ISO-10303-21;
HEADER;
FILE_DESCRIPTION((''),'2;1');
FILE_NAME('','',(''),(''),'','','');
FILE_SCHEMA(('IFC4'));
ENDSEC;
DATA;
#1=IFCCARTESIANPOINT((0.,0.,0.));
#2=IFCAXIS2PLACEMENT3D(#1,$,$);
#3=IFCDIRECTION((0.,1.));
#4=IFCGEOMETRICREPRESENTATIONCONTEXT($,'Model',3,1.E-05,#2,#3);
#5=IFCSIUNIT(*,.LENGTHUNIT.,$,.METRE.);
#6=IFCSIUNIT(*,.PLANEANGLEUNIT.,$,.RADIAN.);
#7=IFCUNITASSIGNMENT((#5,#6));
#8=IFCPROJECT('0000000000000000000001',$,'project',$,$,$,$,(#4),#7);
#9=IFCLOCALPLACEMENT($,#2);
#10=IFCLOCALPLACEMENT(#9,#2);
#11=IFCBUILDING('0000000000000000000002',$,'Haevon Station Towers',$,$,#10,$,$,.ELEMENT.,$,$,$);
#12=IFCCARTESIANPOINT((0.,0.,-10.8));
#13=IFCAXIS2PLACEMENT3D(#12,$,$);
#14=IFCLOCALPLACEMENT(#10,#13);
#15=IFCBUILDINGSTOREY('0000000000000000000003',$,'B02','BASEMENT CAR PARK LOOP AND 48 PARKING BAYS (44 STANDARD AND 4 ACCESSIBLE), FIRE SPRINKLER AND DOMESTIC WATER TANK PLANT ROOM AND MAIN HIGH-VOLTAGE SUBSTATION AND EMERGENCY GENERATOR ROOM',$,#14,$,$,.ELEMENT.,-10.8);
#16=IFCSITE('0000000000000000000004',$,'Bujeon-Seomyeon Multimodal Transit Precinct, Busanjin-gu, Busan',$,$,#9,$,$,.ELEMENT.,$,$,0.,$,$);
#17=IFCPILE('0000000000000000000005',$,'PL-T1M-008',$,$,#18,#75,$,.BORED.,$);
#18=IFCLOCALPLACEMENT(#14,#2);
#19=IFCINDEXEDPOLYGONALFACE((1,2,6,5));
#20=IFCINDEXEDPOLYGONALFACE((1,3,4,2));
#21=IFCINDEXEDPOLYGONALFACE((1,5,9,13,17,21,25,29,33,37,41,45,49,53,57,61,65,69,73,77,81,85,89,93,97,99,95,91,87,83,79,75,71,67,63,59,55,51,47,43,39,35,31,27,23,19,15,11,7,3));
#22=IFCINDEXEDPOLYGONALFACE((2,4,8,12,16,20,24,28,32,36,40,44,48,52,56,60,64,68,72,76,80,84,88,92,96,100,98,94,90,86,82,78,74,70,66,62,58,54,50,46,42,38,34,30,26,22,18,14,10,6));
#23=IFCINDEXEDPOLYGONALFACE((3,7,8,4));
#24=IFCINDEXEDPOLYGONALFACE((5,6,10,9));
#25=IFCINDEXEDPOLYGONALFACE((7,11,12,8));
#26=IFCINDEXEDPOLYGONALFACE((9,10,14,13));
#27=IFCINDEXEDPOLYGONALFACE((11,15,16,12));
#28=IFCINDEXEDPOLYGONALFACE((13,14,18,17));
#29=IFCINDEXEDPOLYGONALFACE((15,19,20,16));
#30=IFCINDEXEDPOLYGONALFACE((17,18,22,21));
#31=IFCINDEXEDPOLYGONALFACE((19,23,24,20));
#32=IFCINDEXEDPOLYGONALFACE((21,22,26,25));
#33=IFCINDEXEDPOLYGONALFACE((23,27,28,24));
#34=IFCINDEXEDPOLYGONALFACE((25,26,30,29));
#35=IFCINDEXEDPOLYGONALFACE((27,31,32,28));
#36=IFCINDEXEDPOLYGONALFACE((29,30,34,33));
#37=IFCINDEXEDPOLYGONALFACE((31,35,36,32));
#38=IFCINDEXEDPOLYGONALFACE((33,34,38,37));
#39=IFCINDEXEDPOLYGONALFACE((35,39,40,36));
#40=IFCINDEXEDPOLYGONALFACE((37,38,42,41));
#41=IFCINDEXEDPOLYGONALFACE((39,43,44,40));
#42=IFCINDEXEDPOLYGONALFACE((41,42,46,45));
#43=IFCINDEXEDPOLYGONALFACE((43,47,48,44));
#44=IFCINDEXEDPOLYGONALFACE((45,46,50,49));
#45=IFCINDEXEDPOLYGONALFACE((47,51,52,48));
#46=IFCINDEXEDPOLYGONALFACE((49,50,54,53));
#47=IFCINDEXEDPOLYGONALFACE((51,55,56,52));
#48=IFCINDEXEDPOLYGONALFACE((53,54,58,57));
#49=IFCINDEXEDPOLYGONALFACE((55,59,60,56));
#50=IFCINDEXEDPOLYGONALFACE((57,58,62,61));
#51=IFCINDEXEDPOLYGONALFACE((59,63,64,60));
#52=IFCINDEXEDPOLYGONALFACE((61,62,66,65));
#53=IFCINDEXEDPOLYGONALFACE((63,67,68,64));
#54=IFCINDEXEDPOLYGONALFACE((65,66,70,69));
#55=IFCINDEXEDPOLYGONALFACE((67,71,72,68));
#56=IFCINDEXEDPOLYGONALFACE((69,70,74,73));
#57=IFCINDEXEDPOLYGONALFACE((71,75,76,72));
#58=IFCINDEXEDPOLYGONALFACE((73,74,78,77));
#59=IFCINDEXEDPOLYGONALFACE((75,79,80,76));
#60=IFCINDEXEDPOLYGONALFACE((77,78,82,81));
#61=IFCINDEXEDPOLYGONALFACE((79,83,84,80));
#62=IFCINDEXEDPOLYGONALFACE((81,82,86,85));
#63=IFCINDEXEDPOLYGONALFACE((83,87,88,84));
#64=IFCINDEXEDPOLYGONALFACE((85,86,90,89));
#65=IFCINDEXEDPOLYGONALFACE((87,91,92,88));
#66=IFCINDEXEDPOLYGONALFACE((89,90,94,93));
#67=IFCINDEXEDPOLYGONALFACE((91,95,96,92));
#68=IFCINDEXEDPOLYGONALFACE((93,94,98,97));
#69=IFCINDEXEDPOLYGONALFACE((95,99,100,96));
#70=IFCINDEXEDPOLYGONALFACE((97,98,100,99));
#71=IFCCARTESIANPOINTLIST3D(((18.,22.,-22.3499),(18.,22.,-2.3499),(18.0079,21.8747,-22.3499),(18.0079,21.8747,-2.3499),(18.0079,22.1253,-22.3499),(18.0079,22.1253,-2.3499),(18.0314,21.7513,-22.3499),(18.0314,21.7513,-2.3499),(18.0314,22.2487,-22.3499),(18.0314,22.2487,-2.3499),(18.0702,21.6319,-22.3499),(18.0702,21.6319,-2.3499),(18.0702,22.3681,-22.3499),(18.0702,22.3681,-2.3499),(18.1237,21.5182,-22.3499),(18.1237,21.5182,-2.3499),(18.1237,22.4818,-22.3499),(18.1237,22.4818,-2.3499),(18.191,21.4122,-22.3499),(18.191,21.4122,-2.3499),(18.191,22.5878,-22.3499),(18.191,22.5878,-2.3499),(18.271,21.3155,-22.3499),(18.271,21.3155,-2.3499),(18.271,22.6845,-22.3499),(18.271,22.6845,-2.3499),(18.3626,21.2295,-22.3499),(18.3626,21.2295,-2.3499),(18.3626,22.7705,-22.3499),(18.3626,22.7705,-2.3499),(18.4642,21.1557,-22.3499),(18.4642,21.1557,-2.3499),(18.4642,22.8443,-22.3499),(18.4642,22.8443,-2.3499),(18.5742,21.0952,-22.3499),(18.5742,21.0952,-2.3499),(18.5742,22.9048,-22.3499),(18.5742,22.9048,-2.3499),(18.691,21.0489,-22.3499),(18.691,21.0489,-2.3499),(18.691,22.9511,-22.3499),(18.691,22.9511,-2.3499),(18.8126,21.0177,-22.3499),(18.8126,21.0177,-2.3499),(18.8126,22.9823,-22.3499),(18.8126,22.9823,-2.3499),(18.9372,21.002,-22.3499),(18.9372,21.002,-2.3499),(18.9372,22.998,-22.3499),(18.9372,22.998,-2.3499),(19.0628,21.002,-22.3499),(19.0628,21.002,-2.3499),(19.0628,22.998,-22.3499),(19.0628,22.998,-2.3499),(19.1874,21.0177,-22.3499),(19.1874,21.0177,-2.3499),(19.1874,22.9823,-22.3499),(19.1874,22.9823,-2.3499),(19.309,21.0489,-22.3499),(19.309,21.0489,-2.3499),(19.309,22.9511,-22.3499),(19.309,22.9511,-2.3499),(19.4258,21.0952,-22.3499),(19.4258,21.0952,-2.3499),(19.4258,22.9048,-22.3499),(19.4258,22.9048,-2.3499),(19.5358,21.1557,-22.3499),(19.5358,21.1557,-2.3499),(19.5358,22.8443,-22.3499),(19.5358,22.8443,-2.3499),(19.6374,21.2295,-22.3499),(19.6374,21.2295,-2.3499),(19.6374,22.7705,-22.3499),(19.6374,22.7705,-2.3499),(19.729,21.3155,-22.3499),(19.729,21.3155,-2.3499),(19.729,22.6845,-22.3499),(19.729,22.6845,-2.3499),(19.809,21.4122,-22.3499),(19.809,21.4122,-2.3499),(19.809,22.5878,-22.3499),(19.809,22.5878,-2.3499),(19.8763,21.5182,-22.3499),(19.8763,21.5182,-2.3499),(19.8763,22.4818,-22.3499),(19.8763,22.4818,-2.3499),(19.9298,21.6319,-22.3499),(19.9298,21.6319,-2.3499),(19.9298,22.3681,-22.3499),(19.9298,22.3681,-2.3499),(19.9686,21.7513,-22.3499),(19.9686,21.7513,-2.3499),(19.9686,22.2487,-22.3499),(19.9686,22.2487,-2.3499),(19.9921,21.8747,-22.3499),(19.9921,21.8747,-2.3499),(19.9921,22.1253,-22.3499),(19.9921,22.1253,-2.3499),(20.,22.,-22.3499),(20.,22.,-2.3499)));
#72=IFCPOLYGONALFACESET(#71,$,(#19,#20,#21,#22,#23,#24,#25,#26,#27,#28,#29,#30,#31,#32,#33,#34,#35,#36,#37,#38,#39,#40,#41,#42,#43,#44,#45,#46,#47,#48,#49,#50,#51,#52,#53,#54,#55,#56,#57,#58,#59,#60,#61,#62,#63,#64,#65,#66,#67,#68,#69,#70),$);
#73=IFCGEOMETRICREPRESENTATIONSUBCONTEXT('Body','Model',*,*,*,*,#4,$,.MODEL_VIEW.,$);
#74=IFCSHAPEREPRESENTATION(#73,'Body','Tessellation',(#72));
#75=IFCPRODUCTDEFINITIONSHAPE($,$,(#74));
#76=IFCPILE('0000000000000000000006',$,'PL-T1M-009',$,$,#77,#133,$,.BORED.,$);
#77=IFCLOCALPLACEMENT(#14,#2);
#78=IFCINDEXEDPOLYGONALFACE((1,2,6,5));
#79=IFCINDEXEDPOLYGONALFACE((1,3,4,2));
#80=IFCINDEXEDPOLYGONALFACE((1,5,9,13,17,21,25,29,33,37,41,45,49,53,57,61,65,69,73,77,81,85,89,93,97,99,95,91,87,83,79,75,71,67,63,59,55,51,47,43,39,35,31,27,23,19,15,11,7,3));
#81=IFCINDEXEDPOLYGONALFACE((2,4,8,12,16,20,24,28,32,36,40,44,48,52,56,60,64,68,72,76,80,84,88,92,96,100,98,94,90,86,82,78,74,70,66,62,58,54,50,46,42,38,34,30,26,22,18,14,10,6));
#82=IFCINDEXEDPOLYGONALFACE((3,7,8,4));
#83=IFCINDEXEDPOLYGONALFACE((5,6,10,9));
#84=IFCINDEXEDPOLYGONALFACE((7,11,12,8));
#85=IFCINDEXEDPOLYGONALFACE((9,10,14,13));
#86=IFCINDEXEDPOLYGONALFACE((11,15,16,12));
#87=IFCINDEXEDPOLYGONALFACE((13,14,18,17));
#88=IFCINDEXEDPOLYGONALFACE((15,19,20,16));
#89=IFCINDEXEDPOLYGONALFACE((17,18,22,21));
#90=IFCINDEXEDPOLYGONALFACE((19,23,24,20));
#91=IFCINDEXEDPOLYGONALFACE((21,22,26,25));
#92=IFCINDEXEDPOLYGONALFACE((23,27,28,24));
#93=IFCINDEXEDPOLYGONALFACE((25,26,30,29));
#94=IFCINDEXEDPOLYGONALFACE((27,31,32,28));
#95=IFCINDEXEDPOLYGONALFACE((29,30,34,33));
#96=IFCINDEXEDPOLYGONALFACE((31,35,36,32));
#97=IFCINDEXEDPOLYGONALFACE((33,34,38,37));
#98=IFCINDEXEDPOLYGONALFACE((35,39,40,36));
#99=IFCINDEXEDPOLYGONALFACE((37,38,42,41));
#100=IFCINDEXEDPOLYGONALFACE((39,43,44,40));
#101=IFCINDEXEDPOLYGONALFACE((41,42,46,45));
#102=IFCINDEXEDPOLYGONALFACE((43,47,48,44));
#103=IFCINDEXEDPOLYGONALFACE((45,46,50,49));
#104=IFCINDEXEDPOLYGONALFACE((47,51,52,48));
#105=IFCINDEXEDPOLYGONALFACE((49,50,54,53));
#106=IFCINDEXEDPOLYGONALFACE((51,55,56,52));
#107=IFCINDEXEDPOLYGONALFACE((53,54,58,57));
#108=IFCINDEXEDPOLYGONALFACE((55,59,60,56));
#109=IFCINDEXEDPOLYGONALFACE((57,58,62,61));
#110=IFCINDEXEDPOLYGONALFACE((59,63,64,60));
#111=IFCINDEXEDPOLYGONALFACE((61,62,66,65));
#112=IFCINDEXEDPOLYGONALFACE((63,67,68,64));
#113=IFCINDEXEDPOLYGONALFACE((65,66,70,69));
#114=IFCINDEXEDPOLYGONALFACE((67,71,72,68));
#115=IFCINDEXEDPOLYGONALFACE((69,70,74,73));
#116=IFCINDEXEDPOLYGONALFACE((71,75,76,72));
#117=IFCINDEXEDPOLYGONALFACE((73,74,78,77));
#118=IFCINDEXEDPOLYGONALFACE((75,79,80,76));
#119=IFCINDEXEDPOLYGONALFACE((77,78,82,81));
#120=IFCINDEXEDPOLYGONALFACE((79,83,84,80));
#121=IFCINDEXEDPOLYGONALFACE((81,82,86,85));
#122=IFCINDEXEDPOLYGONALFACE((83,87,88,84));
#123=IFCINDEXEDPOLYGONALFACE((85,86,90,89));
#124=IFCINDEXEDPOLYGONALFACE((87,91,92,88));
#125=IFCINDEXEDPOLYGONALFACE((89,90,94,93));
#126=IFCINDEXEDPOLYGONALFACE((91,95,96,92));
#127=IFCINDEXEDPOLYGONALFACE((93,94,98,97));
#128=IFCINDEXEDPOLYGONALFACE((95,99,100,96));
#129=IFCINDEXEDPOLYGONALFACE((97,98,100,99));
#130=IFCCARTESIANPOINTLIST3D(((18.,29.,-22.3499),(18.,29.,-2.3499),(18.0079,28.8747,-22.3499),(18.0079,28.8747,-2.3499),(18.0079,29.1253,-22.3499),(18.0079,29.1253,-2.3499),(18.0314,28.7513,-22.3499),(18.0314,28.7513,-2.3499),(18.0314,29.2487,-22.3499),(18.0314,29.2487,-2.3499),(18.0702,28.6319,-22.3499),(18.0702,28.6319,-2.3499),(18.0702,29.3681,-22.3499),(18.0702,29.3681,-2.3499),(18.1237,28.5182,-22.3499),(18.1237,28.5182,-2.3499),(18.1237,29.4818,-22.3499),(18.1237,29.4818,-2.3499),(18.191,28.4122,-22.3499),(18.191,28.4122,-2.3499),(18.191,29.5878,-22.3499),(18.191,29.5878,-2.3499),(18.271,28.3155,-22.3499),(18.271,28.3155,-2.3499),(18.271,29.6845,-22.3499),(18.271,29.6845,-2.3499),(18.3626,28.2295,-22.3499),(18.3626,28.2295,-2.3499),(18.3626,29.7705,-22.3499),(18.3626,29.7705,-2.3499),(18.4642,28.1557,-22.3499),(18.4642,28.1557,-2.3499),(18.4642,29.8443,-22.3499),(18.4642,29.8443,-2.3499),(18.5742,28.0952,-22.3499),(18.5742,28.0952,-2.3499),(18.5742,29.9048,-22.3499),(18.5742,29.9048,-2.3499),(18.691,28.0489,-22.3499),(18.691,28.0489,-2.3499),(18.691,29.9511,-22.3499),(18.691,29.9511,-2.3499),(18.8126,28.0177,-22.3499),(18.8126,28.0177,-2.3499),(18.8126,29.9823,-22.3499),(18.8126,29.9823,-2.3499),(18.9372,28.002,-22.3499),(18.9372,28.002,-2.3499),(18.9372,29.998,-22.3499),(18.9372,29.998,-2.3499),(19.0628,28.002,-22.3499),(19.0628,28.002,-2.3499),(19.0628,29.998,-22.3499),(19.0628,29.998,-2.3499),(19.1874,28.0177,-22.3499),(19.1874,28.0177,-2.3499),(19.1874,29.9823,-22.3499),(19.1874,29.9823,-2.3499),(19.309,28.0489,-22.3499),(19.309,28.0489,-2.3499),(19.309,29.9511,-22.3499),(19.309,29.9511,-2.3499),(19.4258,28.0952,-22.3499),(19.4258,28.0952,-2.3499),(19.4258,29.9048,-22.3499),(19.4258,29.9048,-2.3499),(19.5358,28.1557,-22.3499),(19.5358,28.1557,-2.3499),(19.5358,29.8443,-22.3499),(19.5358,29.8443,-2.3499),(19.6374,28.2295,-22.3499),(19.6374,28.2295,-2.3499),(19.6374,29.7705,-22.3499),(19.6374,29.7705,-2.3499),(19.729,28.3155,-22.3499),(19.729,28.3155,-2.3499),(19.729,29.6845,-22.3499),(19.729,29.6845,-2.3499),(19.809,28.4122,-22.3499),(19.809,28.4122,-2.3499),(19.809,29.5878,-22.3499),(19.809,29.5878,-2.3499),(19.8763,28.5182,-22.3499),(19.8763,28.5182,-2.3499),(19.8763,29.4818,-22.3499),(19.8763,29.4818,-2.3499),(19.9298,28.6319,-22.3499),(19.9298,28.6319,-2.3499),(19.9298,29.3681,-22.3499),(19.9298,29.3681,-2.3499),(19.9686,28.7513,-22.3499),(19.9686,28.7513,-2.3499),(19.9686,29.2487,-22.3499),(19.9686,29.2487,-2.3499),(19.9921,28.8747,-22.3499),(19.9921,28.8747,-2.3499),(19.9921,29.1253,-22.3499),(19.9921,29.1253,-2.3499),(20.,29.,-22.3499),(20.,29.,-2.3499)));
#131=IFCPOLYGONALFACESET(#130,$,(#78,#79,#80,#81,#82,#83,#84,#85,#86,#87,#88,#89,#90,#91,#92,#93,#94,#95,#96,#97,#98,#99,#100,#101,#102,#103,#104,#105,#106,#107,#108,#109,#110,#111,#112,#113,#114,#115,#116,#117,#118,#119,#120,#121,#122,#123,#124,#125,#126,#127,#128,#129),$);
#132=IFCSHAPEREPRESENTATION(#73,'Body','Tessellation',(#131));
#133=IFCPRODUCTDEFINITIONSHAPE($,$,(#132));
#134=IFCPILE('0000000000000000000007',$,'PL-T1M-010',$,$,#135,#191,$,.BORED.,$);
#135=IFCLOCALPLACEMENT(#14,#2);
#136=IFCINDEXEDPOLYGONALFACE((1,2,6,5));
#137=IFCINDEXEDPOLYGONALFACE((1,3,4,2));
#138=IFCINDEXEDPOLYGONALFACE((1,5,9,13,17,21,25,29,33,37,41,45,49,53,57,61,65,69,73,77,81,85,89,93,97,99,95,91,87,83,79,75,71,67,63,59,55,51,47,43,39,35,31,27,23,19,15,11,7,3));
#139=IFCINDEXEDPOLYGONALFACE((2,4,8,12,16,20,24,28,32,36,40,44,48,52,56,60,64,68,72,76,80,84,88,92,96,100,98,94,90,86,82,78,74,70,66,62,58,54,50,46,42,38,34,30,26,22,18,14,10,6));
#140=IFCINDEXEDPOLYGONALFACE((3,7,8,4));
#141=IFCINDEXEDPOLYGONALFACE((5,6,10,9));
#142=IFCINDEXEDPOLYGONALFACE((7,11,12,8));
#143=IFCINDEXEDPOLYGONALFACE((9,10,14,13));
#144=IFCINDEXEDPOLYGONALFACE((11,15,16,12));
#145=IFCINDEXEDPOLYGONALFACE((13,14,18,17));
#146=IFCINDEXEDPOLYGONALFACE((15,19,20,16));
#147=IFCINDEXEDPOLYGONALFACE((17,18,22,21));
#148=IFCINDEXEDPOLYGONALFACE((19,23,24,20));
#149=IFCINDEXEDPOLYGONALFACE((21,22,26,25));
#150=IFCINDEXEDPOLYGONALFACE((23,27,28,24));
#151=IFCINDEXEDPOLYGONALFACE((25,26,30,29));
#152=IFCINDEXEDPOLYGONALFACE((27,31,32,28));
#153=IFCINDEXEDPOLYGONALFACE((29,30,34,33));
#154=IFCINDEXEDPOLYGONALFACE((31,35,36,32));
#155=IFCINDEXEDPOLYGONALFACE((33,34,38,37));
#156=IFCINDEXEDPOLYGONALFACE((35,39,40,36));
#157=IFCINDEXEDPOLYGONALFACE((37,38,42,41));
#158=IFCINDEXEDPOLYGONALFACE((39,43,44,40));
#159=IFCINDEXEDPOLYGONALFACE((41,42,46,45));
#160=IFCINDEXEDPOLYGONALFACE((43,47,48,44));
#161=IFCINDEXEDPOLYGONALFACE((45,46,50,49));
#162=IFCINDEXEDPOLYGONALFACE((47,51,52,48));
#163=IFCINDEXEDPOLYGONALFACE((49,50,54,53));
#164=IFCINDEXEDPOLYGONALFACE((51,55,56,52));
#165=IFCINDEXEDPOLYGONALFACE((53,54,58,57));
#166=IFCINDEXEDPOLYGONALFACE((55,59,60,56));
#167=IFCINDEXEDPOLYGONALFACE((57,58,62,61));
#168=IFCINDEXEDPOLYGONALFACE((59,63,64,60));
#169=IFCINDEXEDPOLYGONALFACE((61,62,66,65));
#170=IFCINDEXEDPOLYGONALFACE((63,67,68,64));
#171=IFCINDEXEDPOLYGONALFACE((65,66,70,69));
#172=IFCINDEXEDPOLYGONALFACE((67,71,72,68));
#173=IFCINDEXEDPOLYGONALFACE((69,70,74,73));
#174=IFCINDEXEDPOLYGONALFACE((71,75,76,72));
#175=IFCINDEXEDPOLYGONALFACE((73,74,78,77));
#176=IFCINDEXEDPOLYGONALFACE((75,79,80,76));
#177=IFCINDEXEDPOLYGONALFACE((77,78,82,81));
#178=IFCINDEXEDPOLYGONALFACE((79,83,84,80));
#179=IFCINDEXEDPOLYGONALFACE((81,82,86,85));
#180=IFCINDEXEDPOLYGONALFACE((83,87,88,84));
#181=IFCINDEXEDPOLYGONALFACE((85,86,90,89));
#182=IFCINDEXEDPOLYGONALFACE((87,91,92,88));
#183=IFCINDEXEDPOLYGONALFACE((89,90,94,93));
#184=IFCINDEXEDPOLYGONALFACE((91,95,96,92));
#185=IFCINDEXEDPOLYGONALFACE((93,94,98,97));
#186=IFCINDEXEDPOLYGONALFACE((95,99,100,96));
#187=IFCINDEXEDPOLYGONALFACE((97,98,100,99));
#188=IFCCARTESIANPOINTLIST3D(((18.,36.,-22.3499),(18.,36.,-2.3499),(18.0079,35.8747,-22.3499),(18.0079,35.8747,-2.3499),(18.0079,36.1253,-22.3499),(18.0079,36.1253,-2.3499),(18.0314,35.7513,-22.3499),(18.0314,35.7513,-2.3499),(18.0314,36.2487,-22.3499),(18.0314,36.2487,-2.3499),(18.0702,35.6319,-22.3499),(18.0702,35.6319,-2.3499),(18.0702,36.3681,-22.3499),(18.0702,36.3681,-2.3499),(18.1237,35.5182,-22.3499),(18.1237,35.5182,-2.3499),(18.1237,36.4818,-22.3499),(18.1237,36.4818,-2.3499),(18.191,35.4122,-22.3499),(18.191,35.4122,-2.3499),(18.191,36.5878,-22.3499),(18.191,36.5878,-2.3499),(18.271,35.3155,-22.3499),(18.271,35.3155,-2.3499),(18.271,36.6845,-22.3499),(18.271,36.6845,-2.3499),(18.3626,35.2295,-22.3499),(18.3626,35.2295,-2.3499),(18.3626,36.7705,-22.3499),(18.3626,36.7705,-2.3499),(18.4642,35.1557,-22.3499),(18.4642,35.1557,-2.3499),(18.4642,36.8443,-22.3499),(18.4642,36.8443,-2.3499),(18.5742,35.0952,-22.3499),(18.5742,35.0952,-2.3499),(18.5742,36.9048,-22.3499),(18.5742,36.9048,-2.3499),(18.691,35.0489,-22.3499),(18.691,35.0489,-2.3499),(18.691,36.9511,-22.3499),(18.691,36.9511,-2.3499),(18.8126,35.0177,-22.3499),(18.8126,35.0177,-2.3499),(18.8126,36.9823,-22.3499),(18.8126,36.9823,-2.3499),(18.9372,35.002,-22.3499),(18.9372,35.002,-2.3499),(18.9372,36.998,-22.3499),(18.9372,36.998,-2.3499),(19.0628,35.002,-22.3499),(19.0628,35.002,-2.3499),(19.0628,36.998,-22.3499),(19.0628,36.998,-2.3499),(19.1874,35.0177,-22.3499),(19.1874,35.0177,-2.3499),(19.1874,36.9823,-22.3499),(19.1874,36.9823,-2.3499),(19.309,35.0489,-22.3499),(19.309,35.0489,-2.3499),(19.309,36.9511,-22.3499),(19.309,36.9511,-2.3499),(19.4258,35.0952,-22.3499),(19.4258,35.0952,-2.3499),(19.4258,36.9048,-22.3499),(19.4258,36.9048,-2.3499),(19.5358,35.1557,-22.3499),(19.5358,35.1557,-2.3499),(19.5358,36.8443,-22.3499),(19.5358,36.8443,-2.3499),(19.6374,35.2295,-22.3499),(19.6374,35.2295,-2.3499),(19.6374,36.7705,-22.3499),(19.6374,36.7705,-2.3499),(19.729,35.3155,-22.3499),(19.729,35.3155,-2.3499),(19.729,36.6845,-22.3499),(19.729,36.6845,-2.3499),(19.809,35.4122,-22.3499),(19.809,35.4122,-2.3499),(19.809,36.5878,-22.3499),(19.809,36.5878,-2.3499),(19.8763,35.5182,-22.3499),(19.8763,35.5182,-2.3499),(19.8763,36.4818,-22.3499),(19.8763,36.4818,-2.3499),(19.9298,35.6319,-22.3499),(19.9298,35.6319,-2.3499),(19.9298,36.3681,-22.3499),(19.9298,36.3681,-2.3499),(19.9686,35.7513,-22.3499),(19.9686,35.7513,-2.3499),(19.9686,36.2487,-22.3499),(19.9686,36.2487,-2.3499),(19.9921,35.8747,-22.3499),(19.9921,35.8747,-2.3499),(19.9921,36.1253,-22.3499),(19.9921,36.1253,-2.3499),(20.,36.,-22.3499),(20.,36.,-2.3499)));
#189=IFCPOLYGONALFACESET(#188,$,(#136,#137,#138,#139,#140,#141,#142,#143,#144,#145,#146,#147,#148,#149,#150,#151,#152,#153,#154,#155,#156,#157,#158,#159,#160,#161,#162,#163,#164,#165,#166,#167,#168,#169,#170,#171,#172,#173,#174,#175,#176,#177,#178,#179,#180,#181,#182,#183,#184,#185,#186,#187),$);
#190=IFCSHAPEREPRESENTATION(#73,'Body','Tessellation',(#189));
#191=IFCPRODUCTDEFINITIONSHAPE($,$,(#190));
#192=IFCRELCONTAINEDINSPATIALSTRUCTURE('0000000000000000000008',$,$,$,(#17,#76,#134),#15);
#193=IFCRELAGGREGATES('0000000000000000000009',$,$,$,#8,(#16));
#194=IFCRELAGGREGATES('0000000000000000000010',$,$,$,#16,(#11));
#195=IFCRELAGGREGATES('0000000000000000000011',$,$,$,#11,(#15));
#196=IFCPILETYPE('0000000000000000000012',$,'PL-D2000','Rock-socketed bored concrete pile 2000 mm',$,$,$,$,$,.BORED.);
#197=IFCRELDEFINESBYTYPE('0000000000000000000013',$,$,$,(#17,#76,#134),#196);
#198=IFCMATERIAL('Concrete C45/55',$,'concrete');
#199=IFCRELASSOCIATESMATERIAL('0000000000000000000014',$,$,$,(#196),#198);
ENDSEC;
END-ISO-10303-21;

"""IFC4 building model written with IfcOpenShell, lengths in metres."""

from ifc_helpers import new_model, si_unit, direction, frame, origin, origin_2d, place, context, subcontext, project, spatial, circle, extrude, material, material_profile, profile_set, type_object, element, save


model = new_model("IFC4")

# Units and contexts
model_context = context("Model", 3, precision=1e-05, world=origin(), true_north=direction((0.0, 1.0)))
body_context = subcontext(model_context, "Body", "Model", "MODEL_VIEW")
ifc_project = project(units=[si_unit("LENGTHUNIT", "METRE"), si_unit("PLANEANGLEUNIT", "RADIAN")], contexts=[model_context])

# Site, building, storey
site_placement = place(None, origin())
site = spatial("IfcSite", under=ifc_project, at=site_placement, Name="Bujeon-Seomyeon Multimodal Transit Precinct, Busanjin-gu, Busan", CompositionType="ELEMENT", RefElevation=0.0)
building_placement = place(site_placement, origin())
building = spatial("IfcBuilding", under=site, at=building_placement, Name="Haevon Station Towers", CompositionType="ELEMENT")
storey_placement = place(building_placement, frame((0.0, 0.0, -10.8)))
storey = spatial("IfcBuildingStorey", under=building, at=storey_placement, Name="B02", Description="BASEMENT CAR PARK LOOP AND 48 PARKING BAYS (44 STANDARD AND 4 ACCESSIBLE), FIRE SPRINKLER AND DOMESTIC WATER TANK PLANT ROOM AND MAIN HIGH-VOLTAGE SUBSTATION AND EMERGENCY GENERATOR ROOM", CompositionType="ELEMENT", Elevation=-10.8)

# Piles
ifc_material_1 = material(Name="Concrete C45/55", Category="concrete")
ifc_material_profile_1 = material_profile(ifc_material_1, circle(Radius=1.0, at=origin_2d()), Name="PILE-D2000")
ifc_profile_set_1 = profile_set([ifc_material_profile_1], Name="Concrete C45/55")
pile_type = type_object("IfcPileType", Name="PL-D2000", Description="Rock-socketed bored concrete pile 2000 mm", PredefinedType="BORED", material=ifc_profile_set_1)
for number, where, z_axis, x_axis, name in (
    (1, (19.0, 22.0, -2.3499), (0.0, 0.0, -1.0), (1.0, 0.0, 0.0), "PL-T1M-008"),
    (2, (19.0, 29.0, -2.3499), (0.0, 0.0, -1.0), (1.0, 0.0, 0.0), "PL-T1M-009"),
    (3, (19.0, 36.0, -2.3499), (0.0, 0.0, -1.0), (1.0, 0.0, 0.0), "PL-T1M-010"),
):
    element("IfcPile", number, at=place(storey_placement, frame(where, z_axis=z_axis, x_axis=x_axis)), inside=storey, type_object=pile_type, Name=name, PredefinedType="BORED", context=body_context, shape_type="SweptSolid", body=[
        extrude(circle(Radius=1.0, at=origin_2d()), origin(), (0.0, 0.0, 1.0), 20.0),
    ])

save(model, "model.ifc")
